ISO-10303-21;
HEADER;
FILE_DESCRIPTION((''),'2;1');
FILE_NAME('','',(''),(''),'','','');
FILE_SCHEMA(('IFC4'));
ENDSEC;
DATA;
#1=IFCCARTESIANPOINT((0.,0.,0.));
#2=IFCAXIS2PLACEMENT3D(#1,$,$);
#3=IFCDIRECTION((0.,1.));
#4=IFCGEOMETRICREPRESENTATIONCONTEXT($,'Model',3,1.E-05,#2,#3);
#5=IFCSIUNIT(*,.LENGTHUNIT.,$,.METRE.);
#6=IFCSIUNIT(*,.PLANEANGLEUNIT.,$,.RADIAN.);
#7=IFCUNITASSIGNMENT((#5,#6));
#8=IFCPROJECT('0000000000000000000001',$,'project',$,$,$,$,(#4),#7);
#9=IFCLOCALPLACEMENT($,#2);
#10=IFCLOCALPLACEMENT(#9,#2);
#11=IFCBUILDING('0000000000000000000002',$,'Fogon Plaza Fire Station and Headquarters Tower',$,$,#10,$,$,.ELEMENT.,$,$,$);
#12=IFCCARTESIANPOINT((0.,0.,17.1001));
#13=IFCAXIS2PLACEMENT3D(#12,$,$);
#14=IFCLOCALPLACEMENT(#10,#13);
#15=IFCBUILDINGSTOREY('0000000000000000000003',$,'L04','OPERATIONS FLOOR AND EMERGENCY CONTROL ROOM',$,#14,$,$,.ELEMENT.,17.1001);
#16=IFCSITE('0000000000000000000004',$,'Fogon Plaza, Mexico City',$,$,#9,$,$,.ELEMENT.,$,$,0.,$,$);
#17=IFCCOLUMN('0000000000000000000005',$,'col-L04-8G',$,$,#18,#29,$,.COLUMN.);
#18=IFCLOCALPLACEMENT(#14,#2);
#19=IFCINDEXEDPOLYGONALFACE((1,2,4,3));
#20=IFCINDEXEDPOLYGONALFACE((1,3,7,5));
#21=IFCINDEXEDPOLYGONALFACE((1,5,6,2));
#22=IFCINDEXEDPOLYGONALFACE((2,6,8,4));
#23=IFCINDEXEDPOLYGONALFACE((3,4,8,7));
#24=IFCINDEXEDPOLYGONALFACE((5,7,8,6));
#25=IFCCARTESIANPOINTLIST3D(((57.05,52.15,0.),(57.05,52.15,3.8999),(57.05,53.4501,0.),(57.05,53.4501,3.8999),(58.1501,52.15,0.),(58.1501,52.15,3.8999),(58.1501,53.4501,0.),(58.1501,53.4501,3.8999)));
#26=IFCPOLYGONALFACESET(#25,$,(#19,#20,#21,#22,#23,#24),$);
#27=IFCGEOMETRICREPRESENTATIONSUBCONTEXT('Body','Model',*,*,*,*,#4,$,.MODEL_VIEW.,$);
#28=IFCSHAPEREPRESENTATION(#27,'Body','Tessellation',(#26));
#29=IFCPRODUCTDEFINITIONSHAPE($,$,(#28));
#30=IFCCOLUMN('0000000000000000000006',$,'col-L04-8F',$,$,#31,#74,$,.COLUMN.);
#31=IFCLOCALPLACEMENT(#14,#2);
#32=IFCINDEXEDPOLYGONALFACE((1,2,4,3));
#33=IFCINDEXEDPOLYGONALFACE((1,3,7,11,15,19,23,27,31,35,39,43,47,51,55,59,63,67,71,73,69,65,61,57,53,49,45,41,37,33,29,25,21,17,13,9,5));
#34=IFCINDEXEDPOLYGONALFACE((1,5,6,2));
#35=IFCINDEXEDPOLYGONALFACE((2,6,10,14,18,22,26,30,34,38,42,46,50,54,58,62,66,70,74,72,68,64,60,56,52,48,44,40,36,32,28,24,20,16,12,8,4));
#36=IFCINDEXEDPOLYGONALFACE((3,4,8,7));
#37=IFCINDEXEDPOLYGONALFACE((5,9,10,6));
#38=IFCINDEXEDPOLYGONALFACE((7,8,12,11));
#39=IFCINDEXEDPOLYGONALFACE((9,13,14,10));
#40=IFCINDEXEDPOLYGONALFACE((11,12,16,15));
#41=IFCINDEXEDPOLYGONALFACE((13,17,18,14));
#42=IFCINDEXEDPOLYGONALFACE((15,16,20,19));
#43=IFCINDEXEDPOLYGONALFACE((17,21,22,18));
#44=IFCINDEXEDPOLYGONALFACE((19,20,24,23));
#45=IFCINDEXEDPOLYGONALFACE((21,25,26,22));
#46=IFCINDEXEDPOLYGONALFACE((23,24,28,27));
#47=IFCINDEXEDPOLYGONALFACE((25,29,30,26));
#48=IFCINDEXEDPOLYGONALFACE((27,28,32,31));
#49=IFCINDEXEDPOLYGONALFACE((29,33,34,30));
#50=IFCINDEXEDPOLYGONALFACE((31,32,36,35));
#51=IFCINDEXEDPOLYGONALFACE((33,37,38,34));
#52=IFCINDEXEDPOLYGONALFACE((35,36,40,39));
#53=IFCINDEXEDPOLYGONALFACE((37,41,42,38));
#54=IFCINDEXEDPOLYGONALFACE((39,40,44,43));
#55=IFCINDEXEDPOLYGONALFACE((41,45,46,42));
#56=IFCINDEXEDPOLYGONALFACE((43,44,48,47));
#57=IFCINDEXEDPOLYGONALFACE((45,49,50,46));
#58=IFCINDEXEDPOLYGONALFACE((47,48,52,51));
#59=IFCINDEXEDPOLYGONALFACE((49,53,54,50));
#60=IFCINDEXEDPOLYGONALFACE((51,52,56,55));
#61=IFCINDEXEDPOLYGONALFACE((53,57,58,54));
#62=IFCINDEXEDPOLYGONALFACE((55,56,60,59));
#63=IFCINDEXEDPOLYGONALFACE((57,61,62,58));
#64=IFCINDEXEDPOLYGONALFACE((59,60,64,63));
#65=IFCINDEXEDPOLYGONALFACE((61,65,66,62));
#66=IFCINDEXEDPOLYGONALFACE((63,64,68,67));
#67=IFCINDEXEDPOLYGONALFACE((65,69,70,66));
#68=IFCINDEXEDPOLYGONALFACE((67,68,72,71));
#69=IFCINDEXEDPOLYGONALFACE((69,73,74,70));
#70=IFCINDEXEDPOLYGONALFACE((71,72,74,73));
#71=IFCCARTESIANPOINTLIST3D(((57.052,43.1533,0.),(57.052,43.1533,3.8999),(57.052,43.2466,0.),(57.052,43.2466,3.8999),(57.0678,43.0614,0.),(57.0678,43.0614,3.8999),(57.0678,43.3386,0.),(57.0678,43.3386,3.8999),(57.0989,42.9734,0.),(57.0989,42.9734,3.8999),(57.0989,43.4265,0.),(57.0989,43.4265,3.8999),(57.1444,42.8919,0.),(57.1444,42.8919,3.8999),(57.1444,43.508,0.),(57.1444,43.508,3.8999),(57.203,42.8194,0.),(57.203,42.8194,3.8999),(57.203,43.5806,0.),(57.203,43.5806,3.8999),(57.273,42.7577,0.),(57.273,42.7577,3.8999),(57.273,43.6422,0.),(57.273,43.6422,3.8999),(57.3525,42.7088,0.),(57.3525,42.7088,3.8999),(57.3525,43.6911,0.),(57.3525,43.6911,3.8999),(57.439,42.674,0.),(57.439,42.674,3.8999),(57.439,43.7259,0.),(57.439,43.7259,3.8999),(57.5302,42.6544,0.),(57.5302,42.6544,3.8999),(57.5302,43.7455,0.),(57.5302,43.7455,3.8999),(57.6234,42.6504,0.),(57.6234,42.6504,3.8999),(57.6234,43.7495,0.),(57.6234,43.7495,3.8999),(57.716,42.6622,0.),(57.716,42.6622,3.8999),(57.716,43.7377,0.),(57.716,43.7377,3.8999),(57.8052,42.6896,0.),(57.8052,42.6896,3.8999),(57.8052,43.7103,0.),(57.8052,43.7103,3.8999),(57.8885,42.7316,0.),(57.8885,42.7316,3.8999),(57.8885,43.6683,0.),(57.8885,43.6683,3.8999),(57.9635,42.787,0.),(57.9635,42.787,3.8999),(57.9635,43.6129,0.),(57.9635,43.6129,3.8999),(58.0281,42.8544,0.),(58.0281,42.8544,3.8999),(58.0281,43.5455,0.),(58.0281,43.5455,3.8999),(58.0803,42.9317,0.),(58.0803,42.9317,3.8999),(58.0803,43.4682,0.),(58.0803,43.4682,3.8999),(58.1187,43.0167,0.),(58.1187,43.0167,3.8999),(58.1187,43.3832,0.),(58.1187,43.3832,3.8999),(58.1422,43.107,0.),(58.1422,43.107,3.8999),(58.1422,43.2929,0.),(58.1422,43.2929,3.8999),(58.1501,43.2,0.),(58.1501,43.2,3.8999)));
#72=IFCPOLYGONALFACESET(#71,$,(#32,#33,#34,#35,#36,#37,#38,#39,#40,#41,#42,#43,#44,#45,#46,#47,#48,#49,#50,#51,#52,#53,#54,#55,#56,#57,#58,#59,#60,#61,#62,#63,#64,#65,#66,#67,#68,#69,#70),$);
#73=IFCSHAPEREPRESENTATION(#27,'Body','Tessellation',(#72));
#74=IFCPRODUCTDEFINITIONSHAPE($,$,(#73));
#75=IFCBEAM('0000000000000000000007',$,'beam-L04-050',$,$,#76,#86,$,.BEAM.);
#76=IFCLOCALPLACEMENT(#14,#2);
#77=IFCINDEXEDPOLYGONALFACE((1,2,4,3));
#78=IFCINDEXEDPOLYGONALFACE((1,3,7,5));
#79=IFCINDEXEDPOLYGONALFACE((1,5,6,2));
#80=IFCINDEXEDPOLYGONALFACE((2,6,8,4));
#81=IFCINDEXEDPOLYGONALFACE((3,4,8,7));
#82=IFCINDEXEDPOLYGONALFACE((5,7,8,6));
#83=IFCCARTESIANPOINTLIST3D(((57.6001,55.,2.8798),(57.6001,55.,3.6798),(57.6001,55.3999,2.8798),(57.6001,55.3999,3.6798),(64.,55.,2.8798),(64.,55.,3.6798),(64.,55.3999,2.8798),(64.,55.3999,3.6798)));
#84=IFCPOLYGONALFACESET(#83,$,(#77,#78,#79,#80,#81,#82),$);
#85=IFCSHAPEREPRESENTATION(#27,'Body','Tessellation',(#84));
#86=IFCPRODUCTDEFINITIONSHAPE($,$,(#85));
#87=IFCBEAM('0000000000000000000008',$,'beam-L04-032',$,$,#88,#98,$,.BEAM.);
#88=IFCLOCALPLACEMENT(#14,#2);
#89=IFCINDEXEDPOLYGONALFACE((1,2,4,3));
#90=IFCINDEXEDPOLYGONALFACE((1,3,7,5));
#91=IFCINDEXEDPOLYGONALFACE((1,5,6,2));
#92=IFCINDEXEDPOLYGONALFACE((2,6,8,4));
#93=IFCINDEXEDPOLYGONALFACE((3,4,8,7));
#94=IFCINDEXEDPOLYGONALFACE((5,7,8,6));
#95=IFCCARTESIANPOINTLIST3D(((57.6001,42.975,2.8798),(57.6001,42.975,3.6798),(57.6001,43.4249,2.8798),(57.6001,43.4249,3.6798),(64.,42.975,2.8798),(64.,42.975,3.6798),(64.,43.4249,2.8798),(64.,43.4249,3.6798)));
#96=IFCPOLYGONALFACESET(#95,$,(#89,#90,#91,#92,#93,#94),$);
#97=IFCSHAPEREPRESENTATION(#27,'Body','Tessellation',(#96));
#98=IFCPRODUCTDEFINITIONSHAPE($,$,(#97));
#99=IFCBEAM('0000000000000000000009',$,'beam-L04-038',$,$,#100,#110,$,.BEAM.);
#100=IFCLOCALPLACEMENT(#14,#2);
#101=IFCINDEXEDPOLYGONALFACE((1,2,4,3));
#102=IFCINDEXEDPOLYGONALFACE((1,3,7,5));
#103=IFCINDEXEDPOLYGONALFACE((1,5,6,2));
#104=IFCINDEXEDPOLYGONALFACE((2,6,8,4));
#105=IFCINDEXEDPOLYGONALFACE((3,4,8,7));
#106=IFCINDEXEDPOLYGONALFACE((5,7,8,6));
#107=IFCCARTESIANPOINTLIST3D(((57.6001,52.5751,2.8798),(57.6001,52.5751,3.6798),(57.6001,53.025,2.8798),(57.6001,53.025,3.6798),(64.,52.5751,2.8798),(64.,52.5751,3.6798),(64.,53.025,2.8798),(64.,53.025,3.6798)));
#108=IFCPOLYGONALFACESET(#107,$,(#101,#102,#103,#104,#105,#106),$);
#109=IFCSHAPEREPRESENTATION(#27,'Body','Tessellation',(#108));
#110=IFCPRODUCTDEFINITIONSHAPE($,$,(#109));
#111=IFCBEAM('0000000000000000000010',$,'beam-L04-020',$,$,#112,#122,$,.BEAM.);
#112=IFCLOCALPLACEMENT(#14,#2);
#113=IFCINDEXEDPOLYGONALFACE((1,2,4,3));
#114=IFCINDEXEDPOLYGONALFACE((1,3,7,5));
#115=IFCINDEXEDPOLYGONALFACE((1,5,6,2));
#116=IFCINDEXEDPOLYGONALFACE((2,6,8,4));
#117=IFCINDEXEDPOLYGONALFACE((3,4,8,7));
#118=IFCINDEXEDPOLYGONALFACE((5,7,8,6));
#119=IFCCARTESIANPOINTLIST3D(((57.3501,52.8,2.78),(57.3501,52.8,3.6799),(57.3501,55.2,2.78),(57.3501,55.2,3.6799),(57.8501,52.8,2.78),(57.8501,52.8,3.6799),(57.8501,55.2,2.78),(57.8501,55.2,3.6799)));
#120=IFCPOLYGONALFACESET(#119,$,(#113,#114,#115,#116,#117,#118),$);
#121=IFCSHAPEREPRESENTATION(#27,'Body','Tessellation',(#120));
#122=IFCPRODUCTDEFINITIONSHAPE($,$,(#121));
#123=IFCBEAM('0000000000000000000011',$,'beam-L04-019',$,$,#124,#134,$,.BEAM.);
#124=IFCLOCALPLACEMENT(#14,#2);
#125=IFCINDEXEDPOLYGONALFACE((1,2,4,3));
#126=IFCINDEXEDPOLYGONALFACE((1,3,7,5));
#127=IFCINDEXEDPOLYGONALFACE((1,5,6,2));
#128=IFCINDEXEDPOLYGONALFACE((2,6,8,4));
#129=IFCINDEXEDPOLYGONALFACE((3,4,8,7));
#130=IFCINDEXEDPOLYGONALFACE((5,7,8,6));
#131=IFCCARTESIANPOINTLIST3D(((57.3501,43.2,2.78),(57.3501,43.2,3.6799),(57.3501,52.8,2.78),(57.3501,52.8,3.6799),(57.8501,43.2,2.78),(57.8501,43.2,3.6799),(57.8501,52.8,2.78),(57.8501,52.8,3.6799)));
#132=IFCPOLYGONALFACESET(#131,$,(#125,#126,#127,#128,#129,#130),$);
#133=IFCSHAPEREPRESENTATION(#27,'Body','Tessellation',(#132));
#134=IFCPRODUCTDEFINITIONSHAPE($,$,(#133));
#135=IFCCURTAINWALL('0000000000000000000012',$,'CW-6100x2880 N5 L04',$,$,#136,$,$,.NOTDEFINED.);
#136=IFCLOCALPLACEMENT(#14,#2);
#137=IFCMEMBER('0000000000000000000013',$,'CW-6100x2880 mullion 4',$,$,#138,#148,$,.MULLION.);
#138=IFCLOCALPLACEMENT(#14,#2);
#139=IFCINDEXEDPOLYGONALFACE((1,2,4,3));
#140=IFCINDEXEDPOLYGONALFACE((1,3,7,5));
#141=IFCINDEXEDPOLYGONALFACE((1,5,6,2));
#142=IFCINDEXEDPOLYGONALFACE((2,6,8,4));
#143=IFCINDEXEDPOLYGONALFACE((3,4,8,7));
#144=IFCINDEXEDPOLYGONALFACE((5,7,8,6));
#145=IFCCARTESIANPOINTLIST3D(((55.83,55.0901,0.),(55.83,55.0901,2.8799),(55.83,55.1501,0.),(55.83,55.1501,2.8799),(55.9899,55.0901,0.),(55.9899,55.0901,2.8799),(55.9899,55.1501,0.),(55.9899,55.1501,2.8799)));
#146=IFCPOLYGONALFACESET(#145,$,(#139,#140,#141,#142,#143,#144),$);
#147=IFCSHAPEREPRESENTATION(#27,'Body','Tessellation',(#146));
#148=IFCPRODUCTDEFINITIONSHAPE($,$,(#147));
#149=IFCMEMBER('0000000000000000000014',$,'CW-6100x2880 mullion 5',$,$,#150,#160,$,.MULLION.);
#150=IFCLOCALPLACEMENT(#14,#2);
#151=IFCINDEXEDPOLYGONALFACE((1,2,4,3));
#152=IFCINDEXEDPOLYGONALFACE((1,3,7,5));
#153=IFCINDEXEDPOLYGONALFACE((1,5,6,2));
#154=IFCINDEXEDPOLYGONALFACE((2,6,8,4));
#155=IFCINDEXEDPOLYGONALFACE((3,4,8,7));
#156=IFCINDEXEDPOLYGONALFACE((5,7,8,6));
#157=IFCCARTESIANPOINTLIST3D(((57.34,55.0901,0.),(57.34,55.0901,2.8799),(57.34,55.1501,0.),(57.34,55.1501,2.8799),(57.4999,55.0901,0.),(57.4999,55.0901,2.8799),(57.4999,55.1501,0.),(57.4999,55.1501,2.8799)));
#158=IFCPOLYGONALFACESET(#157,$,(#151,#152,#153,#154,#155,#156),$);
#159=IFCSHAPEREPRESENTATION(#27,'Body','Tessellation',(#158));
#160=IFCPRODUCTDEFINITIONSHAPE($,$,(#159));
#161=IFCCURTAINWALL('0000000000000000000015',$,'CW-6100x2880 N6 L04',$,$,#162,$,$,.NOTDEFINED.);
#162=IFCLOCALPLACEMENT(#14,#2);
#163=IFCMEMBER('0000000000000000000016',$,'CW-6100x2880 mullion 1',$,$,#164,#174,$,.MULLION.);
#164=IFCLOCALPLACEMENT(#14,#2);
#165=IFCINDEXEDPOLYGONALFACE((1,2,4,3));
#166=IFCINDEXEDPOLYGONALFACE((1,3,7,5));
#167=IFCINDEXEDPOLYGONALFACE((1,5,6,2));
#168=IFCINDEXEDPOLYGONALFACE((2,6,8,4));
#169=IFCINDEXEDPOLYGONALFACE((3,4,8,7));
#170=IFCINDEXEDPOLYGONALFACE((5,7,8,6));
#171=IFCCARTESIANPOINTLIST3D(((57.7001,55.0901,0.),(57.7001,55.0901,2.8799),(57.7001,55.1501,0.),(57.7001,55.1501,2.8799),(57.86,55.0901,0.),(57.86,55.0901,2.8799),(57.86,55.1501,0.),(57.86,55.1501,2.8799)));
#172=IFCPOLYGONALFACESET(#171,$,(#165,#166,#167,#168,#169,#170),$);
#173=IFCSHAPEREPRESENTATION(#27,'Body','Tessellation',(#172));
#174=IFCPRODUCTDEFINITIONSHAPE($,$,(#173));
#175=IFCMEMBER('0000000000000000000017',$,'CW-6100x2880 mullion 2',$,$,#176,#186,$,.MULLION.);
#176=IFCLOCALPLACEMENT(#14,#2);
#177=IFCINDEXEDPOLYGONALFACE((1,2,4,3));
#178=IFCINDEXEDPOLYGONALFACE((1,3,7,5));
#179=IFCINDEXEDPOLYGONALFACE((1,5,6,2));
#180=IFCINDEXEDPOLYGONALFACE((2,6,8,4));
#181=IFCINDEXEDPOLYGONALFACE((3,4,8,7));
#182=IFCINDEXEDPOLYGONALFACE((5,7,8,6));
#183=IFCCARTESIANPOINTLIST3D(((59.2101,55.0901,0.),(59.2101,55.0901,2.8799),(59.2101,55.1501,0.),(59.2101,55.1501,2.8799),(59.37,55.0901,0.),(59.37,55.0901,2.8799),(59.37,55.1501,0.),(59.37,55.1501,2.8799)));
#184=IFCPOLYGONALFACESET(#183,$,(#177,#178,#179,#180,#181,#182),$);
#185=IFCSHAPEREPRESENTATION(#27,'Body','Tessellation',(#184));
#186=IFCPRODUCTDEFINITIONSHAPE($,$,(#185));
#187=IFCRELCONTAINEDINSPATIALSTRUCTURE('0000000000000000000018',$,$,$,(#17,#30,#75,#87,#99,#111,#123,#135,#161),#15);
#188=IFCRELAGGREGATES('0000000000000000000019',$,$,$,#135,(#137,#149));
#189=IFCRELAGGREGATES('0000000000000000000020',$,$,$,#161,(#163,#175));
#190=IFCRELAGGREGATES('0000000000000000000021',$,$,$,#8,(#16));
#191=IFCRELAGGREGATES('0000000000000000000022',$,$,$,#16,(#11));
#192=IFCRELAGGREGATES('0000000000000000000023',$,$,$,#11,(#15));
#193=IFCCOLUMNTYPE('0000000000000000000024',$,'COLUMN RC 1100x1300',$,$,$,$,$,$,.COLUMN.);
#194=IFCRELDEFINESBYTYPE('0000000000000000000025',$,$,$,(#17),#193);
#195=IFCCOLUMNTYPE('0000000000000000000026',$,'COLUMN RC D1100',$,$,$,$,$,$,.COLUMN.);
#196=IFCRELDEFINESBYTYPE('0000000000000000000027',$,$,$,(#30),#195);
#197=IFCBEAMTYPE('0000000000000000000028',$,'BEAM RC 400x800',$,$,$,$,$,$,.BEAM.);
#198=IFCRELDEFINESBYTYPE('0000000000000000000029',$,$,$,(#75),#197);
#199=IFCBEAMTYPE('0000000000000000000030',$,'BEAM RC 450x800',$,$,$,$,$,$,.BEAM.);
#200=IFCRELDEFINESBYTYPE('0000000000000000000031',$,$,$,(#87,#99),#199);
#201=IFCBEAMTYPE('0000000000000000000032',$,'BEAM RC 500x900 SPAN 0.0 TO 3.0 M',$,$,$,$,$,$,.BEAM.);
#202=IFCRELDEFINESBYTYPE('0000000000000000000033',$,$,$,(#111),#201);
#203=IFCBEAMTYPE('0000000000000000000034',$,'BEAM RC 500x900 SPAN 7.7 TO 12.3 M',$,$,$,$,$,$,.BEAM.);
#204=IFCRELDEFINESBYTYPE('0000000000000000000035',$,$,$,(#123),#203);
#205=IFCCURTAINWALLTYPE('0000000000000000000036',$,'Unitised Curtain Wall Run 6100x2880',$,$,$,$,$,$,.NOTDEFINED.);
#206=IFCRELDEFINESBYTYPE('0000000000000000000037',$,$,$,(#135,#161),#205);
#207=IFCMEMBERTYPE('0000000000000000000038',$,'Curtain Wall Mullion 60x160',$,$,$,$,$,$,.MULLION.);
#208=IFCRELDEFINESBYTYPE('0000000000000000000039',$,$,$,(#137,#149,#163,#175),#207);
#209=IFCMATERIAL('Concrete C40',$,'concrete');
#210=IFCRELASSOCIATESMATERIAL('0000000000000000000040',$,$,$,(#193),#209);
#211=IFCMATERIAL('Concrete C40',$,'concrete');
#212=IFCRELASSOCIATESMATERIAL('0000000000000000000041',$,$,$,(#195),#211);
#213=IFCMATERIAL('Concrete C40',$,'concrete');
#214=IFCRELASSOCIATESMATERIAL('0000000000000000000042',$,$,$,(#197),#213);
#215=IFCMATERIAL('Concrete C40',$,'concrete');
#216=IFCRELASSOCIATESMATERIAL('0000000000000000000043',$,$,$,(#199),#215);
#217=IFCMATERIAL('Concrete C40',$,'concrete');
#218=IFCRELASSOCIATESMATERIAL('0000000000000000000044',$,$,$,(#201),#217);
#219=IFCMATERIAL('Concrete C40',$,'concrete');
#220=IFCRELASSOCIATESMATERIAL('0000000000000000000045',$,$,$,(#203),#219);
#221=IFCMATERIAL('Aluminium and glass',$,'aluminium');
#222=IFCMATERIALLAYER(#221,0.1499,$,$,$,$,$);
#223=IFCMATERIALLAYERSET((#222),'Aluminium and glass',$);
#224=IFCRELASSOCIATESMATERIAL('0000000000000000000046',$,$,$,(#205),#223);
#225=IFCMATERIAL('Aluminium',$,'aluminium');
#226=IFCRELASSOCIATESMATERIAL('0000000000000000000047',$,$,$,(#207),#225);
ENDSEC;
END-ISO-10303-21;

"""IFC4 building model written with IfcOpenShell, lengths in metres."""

from ifc_helpers import new_model, si_unit, direction, frame, origin, origin_2d, place, context, subcontext, project, spatial, rectangle, circle, extrude, material, layer, layer_set, material_profile, profile_set, type_object, element, aggregate, save


model = new_model("IFC4")

# Units and contexts
model_context = context("Model", 3, precision=1e-05, world=origin(), true_north=direction((0.0, 1.0)))
body_context = subcontext(model_context, "Body", "Model", "MODEL_VIEW")
ifc_project = project(units=[si_unit("LENGTHUNIT", "METRE"), si_unit("PLANEANGLEUNIT", "RADIAN")], contexts=[model_context])

# Site, building, storey
site_placement = place(None, origin())
site = spatial("IfcSite", under=ifc_project, at=site_placement, Name="Fogon Plaza, Mexico City", CompositionType="ELEMENT", RefElevation=0.0)
building_placement = place(site_placement, origin())
building = spatial("IfcBuilding", under=site, at=building_placement, Name="Fogon Plaza Fire Station and Headquarters Tower", CompositionType="ELEMENT")
storey_placement = place(building_placement, frame((0.0, 0.0, 17.1001)))
storey = spatial("IfcBuildingStorey", under=building, at=storey_placement, Name="L04", Description="OPERATIONS FLOOR AND EMERGENCY CONTROL ROOM", CompositionType="ELEMENT", Elevation=17.1001)

# Columns
ifc_material_1 = material(Name="Concrete C40", Category="concrete")
ifc_material_profile_1 = material_profile(ifc_material_1, rectangle(XDim=1.1001, YDim=1.3, at=origin_2d()), Name="RC 1100x1300")
ifc_profile_set_1 = profile_set([ifc_material_profile_1], Name="Concrete C40")
column_type_1 = type_object("IfcColumnType", Name="COLUMN RC 1100x1300", PredefinedType="COLUMN", material=ifc_profile_set_1)
column_1_placement = place(storey_placement, frame((57.6001, 52.8, 0.0), z_axis=(0.0, 0.0, 1.0), x_axis=(1.0, 0.0, 0.0)))
element("IfcColumn", 1, at=column_1_placement, inside=storey, type_object=column_type_1, Name="col-L04-8G", PredefinedType="COLUMN", context=body_context, shape_type="SweptSolid", body=[
    extrude(rectangle(XDim=1.1001, YDim=1.3, at=origin_2d()), origin(), (0.0, 0.0, 1.0), 3.8999),
])
ifc_material_2 = material(Name="Concrete C40", Category="concrete")
ifc_material_profile_2 = material_profile(ifc_material_2, circle(Radius=0.55, at=origin_2d()), Name="RC D1100")
ifc_profile_set_2 = profile_set([ifc_material_profile_2], Name="Concrete C40")
column_type_2 = type_object("IfcColumnType", Name="COLUMN RC D1100", PredefinedType="COLUMN", material=ifc_profile_set_2)
column_2_placement = place(storey_placement, frame((57.6001, 43.2, 0.0), z_axis=(0.0, 0.0, 1.0), x_axis=(1.0, 0.0, 0.0)))
element("IfcColumn", 2, at=column_2_placement, inside=storey, type_object=column_type_2, Name="col-L04-8F", PredefinedType="COLUMN", context=body_context, shape_type="SweptSolid", body=[
    extrude(circle(Radius=0.55, at=origin_2d()), origin(), (0.0, 0.0, 1.0), 3.8999),
])

# Beams
ifc_material_3 = material(Name="Concrete C40", Category="concrete")
ifc_material_profile_3 = material_profile(ifc_material_3, rectangle(XDim=0.3999, YDim=0.8, at=origin_2d()), Name="RC 400x800")
ifc_profile_set_3 = profile_set([ifc_material_profile_3], Name="Concrete C40")
beam_type_1 = type_object("IfcBeamType", Name="BEAM RC 400x800", PredefinedType="BEAM", material=ifc_profile_set_3)
beam_1_placement = place(storey_placement, frame((57.6001, 55.2, 3.2798), z_axis=(1.0, 0.0, 0.0), x_axis=(0.0, 1.0, 0.0)))
element("IfcBeam", 3, at=beam_1_placement, inside=storey, type_object=beam_type_1, Name="beam-L04-050", PredefinedType="BEAM", context=body_context, shape_type="SweptSolid", body=[
    extrude(rectangle(XDim=0.3999, YDim=0.8, at=origin_2d()), origin(), (0.0, 0.0, 1.0), 6.3999),
])
ifc_material_4 = material(Name="Concrete C40", Category="concrete")
ifc_material_profile_4 = material_profile(ifc_material_4, rectangle(XDim=0.45, YDim=0.8, at=origin_2d()), Name="RC 450x800")
ifc_profile_set_4 = profile_set([ifc_material_profile_4], Name="Concrete C40")
beam_type_2 = type_object("IfcBeamType", Name="BEAM RC 450x800", PredefinedType="BEAM", material=ifc_profile_set_4)
for number, where, z_axis, x_axis, name in (
    (4, (57.6001, 43.2, 3.2798), (1.0, 0.0, 0.0), (0.0, 1.0, 0.0), "beam-L04-032"),
    (5, (57.6001, 52.8, 3.2798), (1.0, 0.0, 0.0), (0.0, 1.0, 0.0), "beam-L04-038"),
):
    element("IfcBeam", number, at=place(storey_placement, frame(where, z_axis=z_axis, x_axis=x_axis)), inside=storey, type_object=beam_type_2, Name=name, PredefinedType="BEAM", context=body_context, shape_type="SweptSolid", body=[
        extrude(rectangle(XDim=0.45, YDim=0.8, at=origin_2d()), origin(), (0.0, 0.0, 1.0), 6.3999),
    ])
ifc_material_5 = material(Name="Concrete C40", Category="concrete")
ifc_material_profile_5 = material_profile(ifc_material_5, rectangle(XDim=0.5, YDim=0.8999, at=origin_2d()), Name="RC 500x900")
ifc_profile_set_5 = profile_set([ifc_material_profile_5], Name="Concrete C40")
beam_type_3 = type_object("IfcBeamType", Name="BEAM RC 500x900 SPAN 0.0 TO 3.0 M", PredefinedType="BEAM", material=ifc_profile_set_5)
beam_2_placement = place(storey_placement, frame((57.6001, 52.8, 3.23), z_axis=(0.0, 1.0, 0.0), x_axis=(-1.0, 0.0, 0.0)))
element("IfcBeam", 6, at=beam_2_placement, inside=storey, type_object=beam_type_3, Name="beam-L04-020", PredefinedType="BEAM", context=body_context, shape_type="SweptSolid", body=[
    extrude(rectangle(XDim=0.5, YDim=0.8999, at=origin_2d()), origin(), (0.0, 0.0, 1.0), 2.3999),
])
ifc_material_6 = material(Name="Concrete C40", Category="concrete")
ifc_material_profile_6 = material_profile(ifc_material_6, rectangle(XDim=0.5, YDim=0.8999, at=origin_2d()), Name="RC 500x900")
ifc_profile_set_6 = profile_set([ifc_material_profile_6], Name="Concrete C40")
beam_type_4 = type_object("IfcBeamType", Name="BEAM RC 500x900 SPAN 7.7 TO 12.3 M", PredefinedType="BEAM", material=ifc_profile_set_6)
beam_3_placement = place(storey_placement, frame((57.6001, 43.2, 3.23), z_axis=(0.0, 1.0, 0.0), x_axis=(-1.0, 0.0, 0.0)))
element("IfcBeam", 7, at=beam_3_placement, inside=storey, type_object=beam_type_4, Name="beam-L04-019", PredefinedType="BEAM", context=body_context, shape_type="SweptSolid", body=[
    extrude(rectangle(XDim=0.5, YDim=0.8999, at=origin_2d()), origin(), (0.0, 0.0, 1.0), 9.6001),
])

# Curtain walls, members
ifc_material_7 = material(Name="Aluminium and glass", Category="aluminium")
ifc_layer_1 = layer(ifc_material_7, 0.1499)
ifc_layer_set_1 = layer_set([ifc_layer_1], Name="Aluminium and glass")
curtain_wall_type = type_object("IfcCurtainWallType", Name="Unitised Curtain Wall Run 6100x2880", PredefinedType="NOTDEFINED", material=ifc_layer_set_1)
curtain_wall_1_placement = place(storey_placement, origin())
curtain_wall_1 = element("IfcCurtainWall", 8, at=curtain_wall_1_placement, inside=storey, type_object=curtain_wall_type, Name="CW-6100x2880 N5 L04", PredefinedType="NOTDEFINED")
ifc_material_8 = material(Name="Aluminium", Category="aluminium")
ifc_material_profile_7 = material_profile(ifc_material_8, rectangle(XDim=0.0601, YDim=0.1599, at=origin_2d()), Name="Curtain Wall Mullion 60x160")
ifc_profile_set_7 = profile_set([ifc_material_profile_7], Name="Aluminium")
member_type_1 = type_object("IfcMemberType", Name="Curtain Wall Mullion 60x160", PredefinedType="MULLION", material=ifc_profile_set_7)
member_1_placement = place(storey_placement, frame((55.9099, 55.1201, 0.0), z_axis=(0.0, 0.0, 1.0), x_axis=(0.0, 1.0, 0.0)))
member_1 = element("IfcMember", 9, at=member_1_placement, type_object=member_type_1, Name="CW-6100x2880 mullion 4", PredefinedType="MULLION", context=body_context, shape_type="SweptSolid", body=[
    extrude(rectangle(XDim=0.0601, YDim=0.1599, at=origin_2d()), origin(), (0.0, 0.0, 1.0), 2.8799),
])
member_2_placement = place(storey_placement, frame((57.4199, 55.1201, 0.0), z_axis=(0.0, 0.0, 1.0), x_axis=(0.0, 1.0, 0.0)))
member_2 = element("IfcMember", 10, at=member_2_placement, type_object=member_type_1, Name="CW-6100x2880 mullion 5", PredefinedType="MULLION", context=body_context, shape_type="SweptSolid", body=[
    extrude(rectangle(XDim=0.0601, YDim=0.1599, at=origin_2d()), origin(), (0.0, 0.0, 1.0), 2.8799),
])
curtain_wall_2_placement = place(storey_placement, origin())
curtain_wall_2 = element("IfcCurtainWall", 11, at=curtain_wall_2_placement, inside=storey, type_object=curtain_wall_type, Name="CW-6100x2880 N6 L04", PredefinedType="NOTDEFINED")
member_3_placement = place(storey_placement, frame((57.78, 55.1201, 0.0), z_axis=(0.0, 0.0, 1.0), x_axis=(0.0, 1.0, 0.0)))
member_3 = element("IfcMember", 12, at=member_3_placement, type_object=member_type_1, Name="CW-6100x2880 mullion 1", PredefinedType="MULLION", context=body_context, shape_type="SweptSolid", body=[
    extrude(rectangle(XDim=0.0601, YDim=0.1599, at=origin_2d()), origin(), (0.0, 0.0, 1.0), 2.8799),
])
member_4_placement = place(storey_placement, frame((59.29, 55.1201, 0.0), z_axis=(0.0, 0.0, 1.0), x_axis=(0.0, 1.0, 0.0)))
member_4 = element("IfcMember", 13, at=member_4_placement, type_object=member_type_1, Name="CW-6100x2880 mullion 2", PredefinedType="MULLION", context=body_context, shape_type="SweptSolid", body=[
    extrude(rectangle(XDim=0.0601, YDim=0.1599, at=origin_2d()), origin(), (0.0, 0.0, 1.0), 2.8799),
])

aggregate(curtain_wall_1, [member_1, member_2])
aggregate(curtain_wall_2, [member_3, member_4])

save(model, "model.ifc")
